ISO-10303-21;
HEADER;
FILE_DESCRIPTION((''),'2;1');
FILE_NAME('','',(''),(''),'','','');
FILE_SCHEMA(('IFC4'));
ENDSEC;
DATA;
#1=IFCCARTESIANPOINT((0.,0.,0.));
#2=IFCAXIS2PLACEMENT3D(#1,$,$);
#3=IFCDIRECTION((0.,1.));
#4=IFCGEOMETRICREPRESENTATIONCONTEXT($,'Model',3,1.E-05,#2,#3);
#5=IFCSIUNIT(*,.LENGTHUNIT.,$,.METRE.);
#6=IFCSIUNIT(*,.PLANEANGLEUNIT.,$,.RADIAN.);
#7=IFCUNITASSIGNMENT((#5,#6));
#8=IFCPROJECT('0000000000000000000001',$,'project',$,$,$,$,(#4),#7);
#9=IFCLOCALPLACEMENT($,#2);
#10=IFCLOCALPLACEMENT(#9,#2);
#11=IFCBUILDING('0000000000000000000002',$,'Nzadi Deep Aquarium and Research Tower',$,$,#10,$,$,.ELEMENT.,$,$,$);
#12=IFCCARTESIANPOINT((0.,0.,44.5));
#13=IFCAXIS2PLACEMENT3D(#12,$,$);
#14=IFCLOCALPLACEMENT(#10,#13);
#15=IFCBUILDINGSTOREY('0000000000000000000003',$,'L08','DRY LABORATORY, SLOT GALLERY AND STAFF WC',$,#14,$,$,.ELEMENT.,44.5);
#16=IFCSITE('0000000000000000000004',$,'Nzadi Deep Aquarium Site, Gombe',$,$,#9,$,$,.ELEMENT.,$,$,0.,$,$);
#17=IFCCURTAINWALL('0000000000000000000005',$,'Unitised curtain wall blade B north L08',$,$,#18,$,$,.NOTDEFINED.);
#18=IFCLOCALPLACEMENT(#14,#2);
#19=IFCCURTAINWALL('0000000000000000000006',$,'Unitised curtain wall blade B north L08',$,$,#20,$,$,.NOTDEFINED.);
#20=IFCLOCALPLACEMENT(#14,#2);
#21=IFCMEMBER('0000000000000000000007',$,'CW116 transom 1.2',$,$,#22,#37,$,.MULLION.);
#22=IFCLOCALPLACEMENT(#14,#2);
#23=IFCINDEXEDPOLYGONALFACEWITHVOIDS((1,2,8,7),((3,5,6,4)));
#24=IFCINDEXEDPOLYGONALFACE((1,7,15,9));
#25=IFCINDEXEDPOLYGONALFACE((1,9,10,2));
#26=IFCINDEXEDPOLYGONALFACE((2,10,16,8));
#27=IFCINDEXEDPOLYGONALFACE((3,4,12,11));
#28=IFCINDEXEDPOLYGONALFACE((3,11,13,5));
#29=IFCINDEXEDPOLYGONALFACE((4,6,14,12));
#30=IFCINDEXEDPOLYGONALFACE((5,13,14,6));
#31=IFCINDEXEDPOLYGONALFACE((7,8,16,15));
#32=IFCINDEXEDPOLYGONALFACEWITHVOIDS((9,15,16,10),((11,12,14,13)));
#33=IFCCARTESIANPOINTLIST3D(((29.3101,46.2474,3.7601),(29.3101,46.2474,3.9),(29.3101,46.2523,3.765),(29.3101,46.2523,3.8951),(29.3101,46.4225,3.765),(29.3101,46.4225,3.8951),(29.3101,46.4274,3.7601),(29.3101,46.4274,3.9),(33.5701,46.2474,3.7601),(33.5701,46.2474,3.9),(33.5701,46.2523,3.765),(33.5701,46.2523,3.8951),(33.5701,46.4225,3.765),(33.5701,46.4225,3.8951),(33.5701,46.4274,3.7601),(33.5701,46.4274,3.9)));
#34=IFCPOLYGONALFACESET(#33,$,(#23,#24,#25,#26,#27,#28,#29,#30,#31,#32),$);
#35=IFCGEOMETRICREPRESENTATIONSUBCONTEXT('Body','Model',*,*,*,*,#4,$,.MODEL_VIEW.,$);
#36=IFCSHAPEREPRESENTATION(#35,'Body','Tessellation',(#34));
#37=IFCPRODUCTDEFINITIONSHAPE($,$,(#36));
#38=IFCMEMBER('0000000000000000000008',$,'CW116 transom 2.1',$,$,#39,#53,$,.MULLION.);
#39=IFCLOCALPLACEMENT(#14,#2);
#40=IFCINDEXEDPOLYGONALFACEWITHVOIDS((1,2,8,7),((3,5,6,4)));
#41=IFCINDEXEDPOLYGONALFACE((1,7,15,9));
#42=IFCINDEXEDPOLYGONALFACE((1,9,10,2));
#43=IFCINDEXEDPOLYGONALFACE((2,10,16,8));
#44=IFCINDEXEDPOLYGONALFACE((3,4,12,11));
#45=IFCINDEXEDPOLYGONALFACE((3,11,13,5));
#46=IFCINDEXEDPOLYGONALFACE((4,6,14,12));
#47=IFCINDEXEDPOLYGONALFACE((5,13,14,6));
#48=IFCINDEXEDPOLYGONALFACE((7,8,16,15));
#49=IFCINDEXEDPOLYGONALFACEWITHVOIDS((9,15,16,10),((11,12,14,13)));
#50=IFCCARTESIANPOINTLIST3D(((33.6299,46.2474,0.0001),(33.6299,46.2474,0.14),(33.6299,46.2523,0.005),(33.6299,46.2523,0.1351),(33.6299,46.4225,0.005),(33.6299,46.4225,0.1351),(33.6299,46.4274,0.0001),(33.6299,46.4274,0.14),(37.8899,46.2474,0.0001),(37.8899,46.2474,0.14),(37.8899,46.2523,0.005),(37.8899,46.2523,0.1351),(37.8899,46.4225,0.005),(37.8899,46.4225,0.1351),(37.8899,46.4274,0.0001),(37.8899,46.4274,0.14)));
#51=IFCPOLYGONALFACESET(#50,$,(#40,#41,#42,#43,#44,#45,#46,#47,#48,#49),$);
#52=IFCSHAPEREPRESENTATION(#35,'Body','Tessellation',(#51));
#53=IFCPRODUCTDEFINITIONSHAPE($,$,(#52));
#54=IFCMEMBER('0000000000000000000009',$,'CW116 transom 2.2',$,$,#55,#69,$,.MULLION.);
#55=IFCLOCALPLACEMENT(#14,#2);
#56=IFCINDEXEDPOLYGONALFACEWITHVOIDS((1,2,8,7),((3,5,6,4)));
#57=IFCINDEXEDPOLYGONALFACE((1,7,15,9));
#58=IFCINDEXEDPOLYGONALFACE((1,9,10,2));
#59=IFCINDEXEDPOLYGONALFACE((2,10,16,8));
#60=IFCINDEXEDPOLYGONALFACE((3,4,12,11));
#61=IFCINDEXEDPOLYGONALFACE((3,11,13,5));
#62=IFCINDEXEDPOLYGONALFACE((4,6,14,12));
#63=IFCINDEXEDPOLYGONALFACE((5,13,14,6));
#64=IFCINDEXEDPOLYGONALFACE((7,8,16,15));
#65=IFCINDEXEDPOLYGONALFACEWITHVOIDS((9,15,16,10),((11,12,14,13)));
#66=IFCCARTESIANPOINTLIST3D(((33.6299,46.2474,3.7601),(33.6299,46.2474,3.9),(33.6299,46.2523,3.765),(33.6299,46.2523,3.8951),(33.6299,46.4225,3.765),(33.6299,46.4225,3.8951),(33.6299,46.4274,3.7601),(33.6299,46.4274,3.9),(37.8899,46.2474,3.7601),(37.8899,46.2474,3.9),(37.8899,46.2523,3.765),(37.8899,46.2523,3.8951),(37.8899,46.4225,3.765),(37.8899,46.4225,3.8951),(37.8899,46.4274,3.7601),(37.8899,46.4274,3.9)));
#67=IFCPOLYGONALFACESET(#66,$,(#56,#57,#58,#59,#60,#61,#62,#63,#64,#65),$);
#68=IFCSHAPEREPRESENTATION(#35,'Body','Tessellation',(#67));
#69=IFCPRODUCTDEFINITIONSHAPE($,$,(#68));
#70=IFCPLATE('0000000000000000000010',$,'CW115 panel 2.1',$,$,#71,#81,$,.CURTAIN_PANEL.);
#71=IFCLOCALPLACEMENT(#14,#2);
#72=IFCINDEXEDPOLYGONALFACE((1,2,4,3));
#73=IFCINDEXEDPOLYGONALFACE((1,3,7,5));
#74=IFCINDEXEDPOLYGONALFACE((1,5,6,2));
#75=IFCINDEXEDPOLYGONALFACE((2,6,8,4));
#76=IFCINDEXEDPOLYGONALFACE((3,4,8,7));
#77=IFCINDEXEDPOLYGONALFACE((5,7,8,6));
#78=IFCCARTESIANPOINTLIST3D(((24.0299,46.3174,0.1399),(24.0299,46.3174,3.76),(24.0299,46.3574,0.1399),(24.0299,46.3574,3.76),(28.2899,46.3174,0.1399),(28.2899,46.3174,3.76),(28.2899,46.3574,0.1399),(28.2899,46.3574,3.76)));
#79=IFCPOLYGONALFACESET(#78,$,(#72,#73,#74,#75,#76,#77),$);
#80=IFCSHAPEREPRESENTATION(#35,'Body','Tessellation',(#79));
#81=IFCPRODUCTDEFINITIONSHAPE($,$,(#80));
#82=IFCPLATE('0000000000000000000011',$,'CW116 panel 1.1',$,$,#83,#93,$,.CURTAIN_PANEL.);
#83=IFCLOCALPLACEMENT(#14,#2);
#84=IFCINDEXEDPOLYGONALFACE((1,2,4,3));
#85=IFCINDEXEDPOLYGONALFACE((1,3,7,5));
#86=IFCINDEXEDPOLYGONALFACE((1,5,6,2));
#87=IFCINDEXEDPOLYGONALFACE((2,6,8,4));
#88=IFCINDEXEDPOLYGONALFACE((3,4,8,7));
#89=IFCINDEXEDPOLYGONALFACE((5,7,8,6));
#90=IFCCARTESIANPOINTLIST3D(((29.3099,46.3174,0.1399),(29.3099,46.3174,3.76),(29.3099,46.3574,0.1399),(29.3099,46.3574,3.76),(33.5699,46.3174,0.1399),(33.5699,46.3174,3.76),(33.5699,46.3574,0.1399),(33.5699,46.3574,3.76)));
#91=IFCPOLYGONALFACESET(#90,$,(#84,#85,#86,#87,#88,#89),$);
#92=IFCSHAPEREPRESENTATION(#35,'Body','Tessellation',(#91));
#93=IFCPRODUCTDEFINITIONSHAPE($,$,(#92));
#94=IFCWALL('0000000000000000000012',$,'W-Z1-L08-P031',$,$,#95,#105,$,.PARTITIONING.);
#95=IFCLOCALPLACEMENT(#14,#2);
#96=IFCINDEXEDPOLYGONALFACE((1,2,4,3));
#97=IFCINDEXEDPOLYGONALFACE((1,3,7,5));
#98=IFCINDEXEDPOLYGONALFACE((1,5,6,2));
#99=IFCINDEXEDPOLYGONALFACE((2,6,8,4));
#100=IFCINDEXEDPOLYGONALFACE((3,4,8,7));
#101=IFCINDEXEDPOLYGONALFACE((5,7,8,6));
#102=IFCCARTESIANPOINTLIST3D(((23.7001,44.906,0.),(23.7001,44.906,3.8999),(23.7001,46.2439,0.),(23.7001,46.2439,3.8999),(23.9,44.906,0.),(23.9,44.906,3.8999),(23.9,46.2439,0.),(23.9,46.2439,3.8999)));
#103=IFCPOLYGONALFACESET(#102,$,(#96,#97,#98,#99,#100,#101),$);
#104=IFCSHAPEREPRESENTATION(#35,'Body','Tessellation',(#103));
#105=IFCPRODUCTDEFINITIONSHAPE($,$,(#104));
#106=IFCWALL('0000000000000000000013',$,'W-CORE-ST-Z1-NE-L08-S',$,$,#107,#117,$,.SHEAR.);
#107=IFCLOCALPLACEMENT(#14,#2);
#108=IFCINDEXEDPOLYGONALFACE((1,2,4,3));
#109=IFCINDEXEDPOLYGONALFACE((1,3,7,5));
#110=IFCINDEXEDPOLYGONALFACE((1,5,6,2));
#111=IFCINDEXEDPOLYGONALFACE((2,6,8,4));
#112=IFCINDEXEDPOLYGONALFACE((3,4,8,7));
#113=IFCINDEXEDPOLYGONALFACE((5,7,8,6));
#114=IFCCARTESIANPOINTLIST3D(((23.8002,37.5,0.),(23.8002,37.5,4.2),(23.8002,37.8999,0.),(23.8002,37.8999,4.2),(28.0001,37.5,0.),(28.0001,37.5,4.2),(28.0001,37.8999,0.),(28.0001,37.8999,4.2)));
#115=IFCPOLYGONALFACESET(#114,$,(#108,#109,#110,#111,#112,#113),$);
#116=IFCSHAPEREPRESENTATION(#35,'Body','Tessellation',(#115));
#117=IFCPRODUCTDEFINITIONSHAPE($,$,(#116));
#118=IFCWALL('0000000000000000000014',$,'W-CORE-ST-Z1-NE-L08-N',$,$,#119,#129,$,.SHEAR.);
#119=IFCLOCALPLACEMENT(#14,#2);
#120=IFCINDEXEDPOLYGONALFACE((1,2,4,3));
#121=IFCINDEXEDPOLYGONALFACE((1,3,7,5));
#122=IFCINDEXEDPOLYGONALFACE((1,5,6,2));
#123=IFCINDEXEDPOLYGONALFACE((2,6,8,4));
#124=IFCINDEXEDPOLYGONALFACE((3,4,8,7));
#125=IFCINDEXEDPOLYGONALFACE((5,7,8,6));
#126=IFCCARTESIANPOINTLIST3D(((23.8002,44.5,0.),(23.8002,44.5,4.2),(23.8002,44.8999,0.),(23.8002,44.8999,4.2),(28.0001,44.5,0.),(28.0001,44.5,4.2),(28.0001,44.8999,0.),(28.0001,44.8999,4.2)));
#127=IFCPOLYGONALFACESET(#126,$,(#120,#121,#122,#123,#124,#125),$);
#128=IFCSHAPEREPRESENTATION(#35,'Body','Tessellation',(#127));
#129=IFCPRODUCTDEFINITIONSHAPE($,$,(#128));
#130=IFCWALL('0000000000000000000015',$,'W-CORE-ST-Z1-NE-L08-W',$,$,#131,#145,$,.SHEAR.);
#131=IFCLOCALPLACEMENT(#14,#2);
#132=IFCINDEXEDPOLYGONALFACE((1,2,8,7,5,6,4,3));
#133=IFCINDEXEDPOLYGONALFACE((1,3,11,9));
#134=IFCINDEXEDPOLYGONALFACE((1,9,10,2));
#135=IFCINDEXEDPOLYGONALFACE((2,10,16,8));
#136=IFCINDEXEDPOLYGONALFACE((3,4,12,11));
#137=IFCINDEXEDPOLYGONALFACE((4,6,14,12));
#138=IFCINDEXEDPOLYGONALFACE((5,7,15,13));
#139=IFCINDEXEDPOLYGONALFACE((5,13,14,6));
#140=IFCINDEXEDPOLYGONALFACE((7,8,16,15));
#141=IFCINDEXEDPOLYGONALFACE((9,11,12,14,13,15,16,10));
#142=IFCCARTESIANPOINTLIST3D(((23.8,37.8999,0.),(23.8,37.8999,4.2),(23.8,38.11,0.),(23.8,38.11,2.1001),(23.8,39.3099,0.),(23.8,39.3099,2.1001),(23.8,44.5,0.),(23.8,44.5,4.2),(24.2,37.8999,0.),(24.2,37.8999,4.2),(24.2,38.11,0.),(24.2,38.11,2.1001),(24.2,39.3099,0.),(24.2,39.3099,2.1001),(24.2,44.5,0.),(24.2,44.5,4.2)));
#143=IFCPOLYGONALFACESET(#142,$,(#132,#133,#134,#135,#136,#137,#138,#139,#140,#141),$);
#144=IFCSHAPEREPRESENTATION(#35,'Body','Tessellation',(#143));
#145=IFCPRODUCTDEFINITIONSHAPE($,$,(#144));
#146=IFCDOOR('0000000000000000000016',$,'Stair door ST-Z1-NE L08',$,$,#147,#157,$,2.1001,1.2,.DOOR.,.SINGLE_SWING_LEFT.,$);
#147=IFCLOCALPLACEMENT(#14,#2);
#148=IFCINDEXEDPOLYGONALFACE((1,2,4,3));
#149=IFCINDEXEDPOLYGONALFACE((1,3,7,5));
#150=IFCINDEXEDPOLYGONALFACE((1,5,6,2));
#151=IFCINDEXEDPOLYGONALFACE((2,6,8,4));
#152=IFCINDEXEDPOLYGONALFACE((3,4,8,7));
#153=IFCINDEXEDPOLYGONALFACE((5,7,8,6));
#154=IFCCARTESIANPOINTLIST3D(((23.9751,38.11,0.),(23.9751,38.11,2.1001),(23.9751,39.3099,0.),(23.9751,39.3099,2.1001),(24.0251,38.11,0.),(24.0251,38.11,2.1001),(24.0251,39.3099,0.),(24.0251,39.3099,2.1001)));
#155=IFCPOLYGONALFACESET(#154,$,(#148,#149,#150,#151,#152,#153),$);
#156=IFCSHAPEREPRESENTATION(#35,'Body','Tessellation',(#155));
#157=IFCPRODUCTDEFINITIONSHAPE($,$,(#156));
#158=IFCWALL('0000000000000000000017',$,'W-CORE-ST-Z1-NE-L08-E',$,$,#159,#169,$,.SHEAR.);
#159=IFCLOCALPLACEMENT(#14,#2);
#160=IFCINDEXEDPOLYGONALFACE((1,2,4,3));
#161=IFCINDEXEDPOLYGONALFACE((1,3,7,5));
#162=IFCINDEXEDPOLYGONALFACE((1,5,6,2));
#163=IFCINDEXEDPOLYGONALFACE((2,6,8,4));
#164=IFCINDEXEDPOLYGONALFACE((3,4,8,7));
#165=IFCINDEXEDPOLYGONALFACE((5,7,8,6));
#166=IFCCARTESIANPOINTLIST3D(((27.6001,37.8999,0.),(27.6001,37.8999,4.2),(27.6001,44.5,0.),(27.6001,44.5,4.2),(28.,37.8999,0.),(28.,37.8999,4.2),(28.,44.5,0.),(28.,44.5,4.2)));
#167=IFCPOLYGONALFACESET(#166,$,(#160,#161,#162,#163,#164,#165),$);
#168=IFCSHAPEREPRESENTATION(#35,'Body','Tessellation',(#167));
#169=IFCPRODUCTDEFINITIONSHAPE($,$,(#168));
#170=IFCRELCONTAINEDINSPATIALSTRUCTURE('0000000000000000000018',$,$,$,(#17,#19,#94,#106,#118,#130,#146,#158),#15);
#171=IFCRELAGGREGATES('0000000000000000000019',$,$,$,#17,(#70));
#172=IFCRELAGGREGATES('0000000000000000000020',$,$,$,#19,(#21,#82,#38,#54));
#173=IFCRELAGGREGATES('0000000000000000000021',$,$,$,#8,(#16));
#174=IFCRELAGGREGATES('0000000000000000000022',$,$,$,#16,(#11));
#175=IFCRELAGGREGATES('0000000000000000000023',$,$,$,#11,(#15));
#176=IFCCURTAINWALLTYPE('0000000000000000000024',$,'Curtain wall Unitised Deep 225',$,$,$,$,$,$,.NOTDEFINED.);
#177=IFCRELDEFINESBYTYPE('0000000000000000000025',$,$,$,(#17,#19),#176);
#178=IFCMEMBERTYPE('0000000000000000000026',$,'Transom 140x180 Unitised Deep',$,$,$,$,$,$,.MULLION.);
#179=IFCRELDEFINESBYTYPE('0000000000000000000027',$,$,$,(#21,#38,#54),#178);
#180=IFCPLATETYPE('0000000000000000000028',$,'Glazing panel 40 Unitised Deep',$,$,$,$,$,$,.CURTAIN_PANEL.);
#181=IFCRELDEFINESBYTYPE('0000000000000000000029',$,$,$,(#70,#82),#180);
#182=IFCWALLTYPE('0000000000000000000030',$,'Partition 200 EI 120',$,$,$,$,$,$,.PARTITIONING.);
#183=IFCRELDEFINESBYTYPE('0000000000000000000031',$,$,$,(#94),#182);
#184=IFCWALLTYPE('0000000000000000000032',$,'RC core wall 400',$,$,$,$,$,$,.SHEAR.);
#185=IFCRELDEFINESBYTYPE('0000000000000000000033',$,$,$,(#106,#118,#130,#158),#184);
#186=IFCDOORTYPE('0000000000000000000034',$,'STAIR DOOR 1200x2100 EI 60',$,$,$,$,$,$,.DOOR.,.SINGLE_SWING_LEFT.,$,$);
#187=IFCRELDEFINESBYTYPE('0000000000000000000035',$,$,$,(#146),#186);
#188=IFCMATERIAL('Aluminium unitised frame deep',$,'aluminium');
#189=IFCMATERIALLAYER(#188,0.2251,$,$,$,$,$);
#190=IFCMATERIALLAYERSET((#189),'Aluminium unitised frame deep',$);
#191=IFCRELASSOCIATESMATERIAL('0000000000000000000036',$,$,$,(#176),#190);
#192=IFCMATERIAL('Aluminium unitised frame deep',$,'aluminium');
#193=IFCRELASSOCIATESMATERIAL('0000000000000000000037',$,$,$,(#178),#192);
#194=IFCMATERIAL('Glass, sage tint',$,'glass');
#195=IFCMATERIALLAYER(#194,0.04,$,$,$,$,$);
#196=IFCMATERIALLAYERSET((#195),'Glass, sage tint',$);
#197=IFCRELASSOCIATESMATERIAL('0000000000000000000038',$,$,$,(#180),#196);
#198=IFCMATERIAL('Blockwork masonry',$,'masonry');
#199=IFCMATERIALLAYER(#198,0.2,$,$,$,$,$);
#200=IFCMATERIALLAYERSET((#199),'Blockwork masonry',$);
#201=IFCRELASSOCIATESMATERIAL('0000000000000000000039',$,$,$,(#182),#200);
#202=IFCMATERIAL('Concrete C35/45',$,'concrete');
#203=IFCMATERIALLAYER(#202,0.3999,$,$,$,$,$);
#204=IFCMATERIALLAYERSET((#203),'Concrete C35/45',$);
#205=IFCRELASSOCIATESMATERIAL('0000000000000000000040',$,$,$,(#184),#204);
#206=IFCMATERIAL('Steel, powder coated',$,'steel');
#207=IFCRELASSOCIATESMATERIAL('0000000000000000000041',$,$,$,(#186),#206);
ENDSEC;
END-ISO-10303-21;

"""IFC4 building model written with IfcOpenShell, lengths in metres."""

from ifc_helpers import new_model, si_unit, direction, frame, frame_2d, origin, origin_2d, place, context, subcontext, project, spatial, rectangle, hollow_rectangle, extrude, material, layer, layer_set, material_profile, profile_set, type_object, element, fill, aggregate, save


model = new_model("IFC4")

# Units and contexts
model_context = context("Model", 3, precision=1e-05, world=origin(), true_north=direction((0.0, 1.0)))
body_context = subcontext(model_context, "Body", "Model", "MODEL_VIEW")
ifc_project = project(units=[si_unit("LENGTHUNIT", "METRE"), si_unit("PLANEANGLEUNIT", "RADIAN")], contexts=[model_context])

# Site, building, storey
site_placement = place(None, origin())
site = spatial("IfcSite", under=ifc_project, at=site_placement, Name="Nzadi Deep Aquarium Site, Gombe", CompositionType="ELEMENT", RefElevation=0.0)
building_placement = place(site_placement, origin())
building = spatial("IfcBuilding", under=site, at=building_placement, Name="Nzadi Deep Aquarium and Research Tower", CompositionType="ELEMENT")
storey_placement = place(building_placement, frame((0.0, 0.0, 44.5)))
storey = spatial("IfcBuildingStorey", under=building, at=storey_placement, Name="L08", Description="DRY LABORATORY, SLOT GALLERY AND STAFF WC", CompositionType="ELEMENT", Elevation=44.5)

# Curtain walls
ifc_material_1 = material(Name="Aluminium unitised frame deep", Category="aluminium")
ifc_layer_1 = layer(ifc_material_1, 0.2251)
ifc_layer_set_1 = layer_set([ifc_layer_1], Name="Aluminium unitised frame deep")
curtain_wall_type = type_object("IfcCurtainWallType", Name="Curtain wall Unitised Deep 225", PredefinedType="NOTDEFINED", material=ifc_layer_set_1)
curtain_wall_1_placement = place(storey_placement, origin())
curtain_wall_1 = element("IfcCurtainWall", 1, at=curtain_wall_1_placement, inside=storey, type_object=curtain_wall_type, Name="Unitised curtain wall blade B north L08", PredefinedType="NOTDEFINED")
curtain_wall_2_placement = place(storey_placement, origin())
curtain_wall_2 = element("IfcCurtainWall", 2, at=curtain_wall_2_placement, inside=storey, type_object=curtain_wall_type, Name="Unitised curtain wall blade B north L08", PredefinedType="NOTDEFINED")

# Members
ifc_material_2 = material(Name="Aluminium unitised frame deep", Category="aluminium")
ifc_material_profile_1 = material_profile(ifc_material_2, hollow_rectangle(XDim=0.1799, YDim=0.1399, WallThickness=0.0049, at=origin_2d()))
ifc_profile_set_1 = profile_set([ifc_material_profile_1], Name="Aluminium unitised frame deep")
member_type_1 = type_object("IfcMemberType", Name="Transom 140x180 Unitised Deep", PredefinedType="MULLION", material=ifc_profile_set_1)
member_1_placement = place(storey_placement, frame((29.3101, 46.3374, 3.8301), z_axis=(1.0, 0.0, 0.0), x_axis=(0.0, 1.0, 0.0)))
member_1 = element("IfcMember", 3, at=member_1_placement, type_object=member_type_1, Name="CW116 transom 1.2", PredefinedType="MULLION", context=body_context, shape_type="SweptSolid", body=[
    extrude(hollow_rectangle(XDim=0.1799, YDim=0.1399, WallThickness=0.0049, at=origin_2d()), origin(), (0.0, 0.0, 1.0), 4.26),
])
member_2_placement = place(storey_placement, frame((33.6299, 46.3374, 0.0701), z_axis=(1.0, 0.0, 0.0), x_axis=(0.0, 1.0, 0.0)))
member_2 = element("IfcMember", 4, at=member_2_placement, type_object=member_type_1, Name="CW116 transom 2.1", PredefinedType="MULLION", context=body_context, shape_type="SweptSolid", body=[
    extrude(hollow_rectangle(XDim=0.1799, YDim=0.1399, WallThickness=0.0049, at=origin_2d()), origin(), (0.0, 0.0, 1.0), 4.26),
])
member_3_placement = place(storey_placement, frame((33.6299, 46.3374, 3.8301), z_axis=(1.0, 0.0, 0.0), x_axis=(0.0, 1.0, 0.0)))
member_3 = element("IfcMember", 5, at=member_3_placement, type_object=member_type_1, Name="CW116 transom 2.2", PredefinedType="MULLION", context=body_context, shape_type="SweptSolid", body=[
    extrude(hollow_rectangle(XDim=0.1799, YDim=0.1399, WallThickness=0.0049, at=origin_2d()), origin(), (0.0, 0.0, 1.0), 4.26),
])

# Plates
ifc_material_3 = material(Name="Glass, sage tint", Category="glass")
ifc_layer_2 = layer(ifc_material_3, 0.04)
ifc_layer_set_2 = layer_set([ifc_layer_2], Name="Glass, sage tint")
plate_type = type_object("IfcPlateType", Name="Glazing panel 40 Unitised Deep", PredefinedType="CURTAIN_PANEL", material=ifc_layer_set_2)
plate_1_placement = place(storey_placement, frame((26.1599, 46.3374, 0.1399), z_axis=(0.0, 0.0, 1.0), x_axis=(1.0, 0.0, 0.0)))
plate_1 = element("IfcPlate", 6, at=plate_1_placement, type_object=plate_type, Name="CW115 panel 2.1", PredefinedType="CURTAIN_PANEL", context=body_context, shape_type="SweptSolid", body=[
    extrude(rectangle(XDim=4.26, YDim=0.04, at=origin_2d()), origin(), (0.0, 0.0, 1.0), 3.6201),
])
aggregate(curtain_wall_1, [plate_1])
plate_2_placement = place(storey_placement, frame((31.4399, 46.3374, 0.1399), z_axis=(0.0, 0.0, 1.0), x_axis=(1.0, 0.0, 0.0)))
plate_2 = element("IfcPlate", 7, at=plate_2_placement, type_object=plate_type, Name="CW116 panel 1.1", PredefinedType="CURTAIN_PANEL", context=body_context, shape_type="SweptSolid", body=[
    extrude(rectangle(XDim=4.26, YDim=0.04, at=origin_2d()), origin(), (0.0, 0.0, 1.0), 3.6201),
])
aggregate(curtain_wall_2, [member_1, plate_2, member_2, member_3])

# Walls
ifc_material_4 = material(Name="Blockwork masonry", Category="masonry")
ifc_layer_3 = layer(ifc_material_4, 0.2)
ifc_layer_set_3 = layer_set([ifc_layer_3], Name="Blockwork masonry")
wall_type_1 = type_object("IfcWallType", Name="Partition 200 EI 120", PredefinedType="PARTITIONING", material=ifc_layer_set_3)
wall_1_placement = place(storey_placement, frame((23.8, 44.906, 0.0), z_axis=(0.0, 0.0, 1.0), x_axis=(0.0, 1.0, 0.0)))
element("IfcWall", 8, at=wall_1_placement, inside=storey, type_object=wall_type_1, Name="W-Z1-L08-P031", PredefinedType="PARTITIONING", context=body_context, shape_type="SweptSolid", body=[
    extrude(rectangle(XDim=1.3379, YDim=0.2, at=frame_2d((0.6689, 0.0))), origin(), (0.0, 0.0, 1.0), 3.8999),
])
ifc_material_5 = material(Name="Concrete C35/45", Category="concrete")
ifc_layer_4 = layer(ifc_material_5, 0.3999)
ifc_layer_set_4 = layer_set([ifc_layer_4], Name="Concrete C35/45")
wall_type_2 = type_object("IfcWallType", Name="RC core wall 400", PredefinedType="SHEAR", material=ifc_layer_set_4)
for number, where, z_axis, x_axis, name in (
    (9, (23.8, 37.7, 0.0), (0.0, 0.0, 1.0), (1.0, 0.0, 0.0), "W-CORE-ST-Z1-NE-L08-S"),
    (10, (23.8, 44.7, 0.0), (0.0, 0.0, 1.0), (1.0, 0.0, 0.0), "W-CORE-ST-Z1-NE-L08-N"),
):
    element("IfcWall", number, at=place(storey_placement, frame(where, z_axis=z_axis, x_axis=x_axis)), inside=storey, type_object=wall_type_2, Name=name, PredefinedType="SHEAR", context=body_context, shape_type="SweptSolid", body=[
        extrude(rectangle(XDim=4.2, YDim=0.3999, at=frame_2d((2.1001, 0.0))), origin(), (0.0, 0.0, 1.0), 4.2),
    ])

# Wall, opening, door
wall_2_placement = place(storey_placement, frame((24.0, 37.8999, 0.0), z_axis=(0.0, 0.0, 1.0), x_axis=(0.0, 1.0, 0.0)))
wall_2 = element("IfcWall", 11, at=wall_2_placement, inside=storey, type_object=wall_type_2, Name="W-CORE-ST-Z1-NE-L08-W", PredefinedType="SHEAR", context=body_context, shape_type="SweptSolid", body=[
    extrude(rectangle(XDim=6.6001, YDim=0.3999, at=frame_2d((3.3, 0.0))), origin(), (0.0, 0.0, 1.0), 4.2),
])
opening_placement = place(wall_2_placement, frame((0.21, 0.0, 0.0)))
opening = element("IfcOpeningElement", 12, at=opening_placement, cuts=wall_2, PredefinedType="OPENING", context=body_context, shape_type="SweptSolid", body=[
    extrude(rectangle(XDim=1.2, YDim=2.1001, at=frame_2d((0.6001, 1.05))), frame((0.0, 0.21, 0.0), z_axis=(0.0, -1.0, 0.0), x_axis=(1.0, 0.0, 0.0)), (0.0, 0.0, 1.0), 0.4199),
])
ifc_material_6 = material(Name="Steel, powder coated", Category="steel")
door_type = type_object("IfcDoorType", Name="STAIR DOOR 1200x2100 EI 60", OperationType="SINGLE_SWING_LEFT", PredefinedType="DOOR", material=ifc_material_6)
door_placement = place(opening_placement, origin())
door = element("IfcDoor", 13, at=door_placement, inside=storey, type_object=door_type, Name="Stair door ST-Z1-NE L08", OperationType="SINGLE_SWING_LEFT", OverallHeight=2.1001, OverallWidth=1.2, PredefinedType="DOOR", context=body_context, shape_type="SweptSolid", body=[
    extrude(rectangle(XDim=1.2, YDim=2.1001, at=frame_2d((0.6001, 1.05))), frame((0.0, 0.0249, 0.0), z_axis=(0.0, -1.0, 0.0), x_axis=(1.0, 0.0, 0.0)), (0.0, 0.0, 1.0), 0.05),
])
fill(opening, door)

# Wall
wall_3_placement = place(storey_placement, frame((27.8, 37.8999, 0.0), z_axis=(0.0, 0.0, 1.0), x_axis=(0.0, 1.0, 0.0)))
element("IfcWall", 14, at=wall_3_placement, inside=storey, type_object=wall_type_2, Name="W-CORE-ST-Z1-NE-L08-E", PredefinedType="SHEAR", context=body_context, shape_type="SweptSolid", body=[
    extrude(rectangle(XDim=6.6001, YDim=0.3999, at=frame_2d((3.3, 0.0))), origin(), (0.0, 0.0, 1.0), 4.2),
])

save(model, "model.ifc")
